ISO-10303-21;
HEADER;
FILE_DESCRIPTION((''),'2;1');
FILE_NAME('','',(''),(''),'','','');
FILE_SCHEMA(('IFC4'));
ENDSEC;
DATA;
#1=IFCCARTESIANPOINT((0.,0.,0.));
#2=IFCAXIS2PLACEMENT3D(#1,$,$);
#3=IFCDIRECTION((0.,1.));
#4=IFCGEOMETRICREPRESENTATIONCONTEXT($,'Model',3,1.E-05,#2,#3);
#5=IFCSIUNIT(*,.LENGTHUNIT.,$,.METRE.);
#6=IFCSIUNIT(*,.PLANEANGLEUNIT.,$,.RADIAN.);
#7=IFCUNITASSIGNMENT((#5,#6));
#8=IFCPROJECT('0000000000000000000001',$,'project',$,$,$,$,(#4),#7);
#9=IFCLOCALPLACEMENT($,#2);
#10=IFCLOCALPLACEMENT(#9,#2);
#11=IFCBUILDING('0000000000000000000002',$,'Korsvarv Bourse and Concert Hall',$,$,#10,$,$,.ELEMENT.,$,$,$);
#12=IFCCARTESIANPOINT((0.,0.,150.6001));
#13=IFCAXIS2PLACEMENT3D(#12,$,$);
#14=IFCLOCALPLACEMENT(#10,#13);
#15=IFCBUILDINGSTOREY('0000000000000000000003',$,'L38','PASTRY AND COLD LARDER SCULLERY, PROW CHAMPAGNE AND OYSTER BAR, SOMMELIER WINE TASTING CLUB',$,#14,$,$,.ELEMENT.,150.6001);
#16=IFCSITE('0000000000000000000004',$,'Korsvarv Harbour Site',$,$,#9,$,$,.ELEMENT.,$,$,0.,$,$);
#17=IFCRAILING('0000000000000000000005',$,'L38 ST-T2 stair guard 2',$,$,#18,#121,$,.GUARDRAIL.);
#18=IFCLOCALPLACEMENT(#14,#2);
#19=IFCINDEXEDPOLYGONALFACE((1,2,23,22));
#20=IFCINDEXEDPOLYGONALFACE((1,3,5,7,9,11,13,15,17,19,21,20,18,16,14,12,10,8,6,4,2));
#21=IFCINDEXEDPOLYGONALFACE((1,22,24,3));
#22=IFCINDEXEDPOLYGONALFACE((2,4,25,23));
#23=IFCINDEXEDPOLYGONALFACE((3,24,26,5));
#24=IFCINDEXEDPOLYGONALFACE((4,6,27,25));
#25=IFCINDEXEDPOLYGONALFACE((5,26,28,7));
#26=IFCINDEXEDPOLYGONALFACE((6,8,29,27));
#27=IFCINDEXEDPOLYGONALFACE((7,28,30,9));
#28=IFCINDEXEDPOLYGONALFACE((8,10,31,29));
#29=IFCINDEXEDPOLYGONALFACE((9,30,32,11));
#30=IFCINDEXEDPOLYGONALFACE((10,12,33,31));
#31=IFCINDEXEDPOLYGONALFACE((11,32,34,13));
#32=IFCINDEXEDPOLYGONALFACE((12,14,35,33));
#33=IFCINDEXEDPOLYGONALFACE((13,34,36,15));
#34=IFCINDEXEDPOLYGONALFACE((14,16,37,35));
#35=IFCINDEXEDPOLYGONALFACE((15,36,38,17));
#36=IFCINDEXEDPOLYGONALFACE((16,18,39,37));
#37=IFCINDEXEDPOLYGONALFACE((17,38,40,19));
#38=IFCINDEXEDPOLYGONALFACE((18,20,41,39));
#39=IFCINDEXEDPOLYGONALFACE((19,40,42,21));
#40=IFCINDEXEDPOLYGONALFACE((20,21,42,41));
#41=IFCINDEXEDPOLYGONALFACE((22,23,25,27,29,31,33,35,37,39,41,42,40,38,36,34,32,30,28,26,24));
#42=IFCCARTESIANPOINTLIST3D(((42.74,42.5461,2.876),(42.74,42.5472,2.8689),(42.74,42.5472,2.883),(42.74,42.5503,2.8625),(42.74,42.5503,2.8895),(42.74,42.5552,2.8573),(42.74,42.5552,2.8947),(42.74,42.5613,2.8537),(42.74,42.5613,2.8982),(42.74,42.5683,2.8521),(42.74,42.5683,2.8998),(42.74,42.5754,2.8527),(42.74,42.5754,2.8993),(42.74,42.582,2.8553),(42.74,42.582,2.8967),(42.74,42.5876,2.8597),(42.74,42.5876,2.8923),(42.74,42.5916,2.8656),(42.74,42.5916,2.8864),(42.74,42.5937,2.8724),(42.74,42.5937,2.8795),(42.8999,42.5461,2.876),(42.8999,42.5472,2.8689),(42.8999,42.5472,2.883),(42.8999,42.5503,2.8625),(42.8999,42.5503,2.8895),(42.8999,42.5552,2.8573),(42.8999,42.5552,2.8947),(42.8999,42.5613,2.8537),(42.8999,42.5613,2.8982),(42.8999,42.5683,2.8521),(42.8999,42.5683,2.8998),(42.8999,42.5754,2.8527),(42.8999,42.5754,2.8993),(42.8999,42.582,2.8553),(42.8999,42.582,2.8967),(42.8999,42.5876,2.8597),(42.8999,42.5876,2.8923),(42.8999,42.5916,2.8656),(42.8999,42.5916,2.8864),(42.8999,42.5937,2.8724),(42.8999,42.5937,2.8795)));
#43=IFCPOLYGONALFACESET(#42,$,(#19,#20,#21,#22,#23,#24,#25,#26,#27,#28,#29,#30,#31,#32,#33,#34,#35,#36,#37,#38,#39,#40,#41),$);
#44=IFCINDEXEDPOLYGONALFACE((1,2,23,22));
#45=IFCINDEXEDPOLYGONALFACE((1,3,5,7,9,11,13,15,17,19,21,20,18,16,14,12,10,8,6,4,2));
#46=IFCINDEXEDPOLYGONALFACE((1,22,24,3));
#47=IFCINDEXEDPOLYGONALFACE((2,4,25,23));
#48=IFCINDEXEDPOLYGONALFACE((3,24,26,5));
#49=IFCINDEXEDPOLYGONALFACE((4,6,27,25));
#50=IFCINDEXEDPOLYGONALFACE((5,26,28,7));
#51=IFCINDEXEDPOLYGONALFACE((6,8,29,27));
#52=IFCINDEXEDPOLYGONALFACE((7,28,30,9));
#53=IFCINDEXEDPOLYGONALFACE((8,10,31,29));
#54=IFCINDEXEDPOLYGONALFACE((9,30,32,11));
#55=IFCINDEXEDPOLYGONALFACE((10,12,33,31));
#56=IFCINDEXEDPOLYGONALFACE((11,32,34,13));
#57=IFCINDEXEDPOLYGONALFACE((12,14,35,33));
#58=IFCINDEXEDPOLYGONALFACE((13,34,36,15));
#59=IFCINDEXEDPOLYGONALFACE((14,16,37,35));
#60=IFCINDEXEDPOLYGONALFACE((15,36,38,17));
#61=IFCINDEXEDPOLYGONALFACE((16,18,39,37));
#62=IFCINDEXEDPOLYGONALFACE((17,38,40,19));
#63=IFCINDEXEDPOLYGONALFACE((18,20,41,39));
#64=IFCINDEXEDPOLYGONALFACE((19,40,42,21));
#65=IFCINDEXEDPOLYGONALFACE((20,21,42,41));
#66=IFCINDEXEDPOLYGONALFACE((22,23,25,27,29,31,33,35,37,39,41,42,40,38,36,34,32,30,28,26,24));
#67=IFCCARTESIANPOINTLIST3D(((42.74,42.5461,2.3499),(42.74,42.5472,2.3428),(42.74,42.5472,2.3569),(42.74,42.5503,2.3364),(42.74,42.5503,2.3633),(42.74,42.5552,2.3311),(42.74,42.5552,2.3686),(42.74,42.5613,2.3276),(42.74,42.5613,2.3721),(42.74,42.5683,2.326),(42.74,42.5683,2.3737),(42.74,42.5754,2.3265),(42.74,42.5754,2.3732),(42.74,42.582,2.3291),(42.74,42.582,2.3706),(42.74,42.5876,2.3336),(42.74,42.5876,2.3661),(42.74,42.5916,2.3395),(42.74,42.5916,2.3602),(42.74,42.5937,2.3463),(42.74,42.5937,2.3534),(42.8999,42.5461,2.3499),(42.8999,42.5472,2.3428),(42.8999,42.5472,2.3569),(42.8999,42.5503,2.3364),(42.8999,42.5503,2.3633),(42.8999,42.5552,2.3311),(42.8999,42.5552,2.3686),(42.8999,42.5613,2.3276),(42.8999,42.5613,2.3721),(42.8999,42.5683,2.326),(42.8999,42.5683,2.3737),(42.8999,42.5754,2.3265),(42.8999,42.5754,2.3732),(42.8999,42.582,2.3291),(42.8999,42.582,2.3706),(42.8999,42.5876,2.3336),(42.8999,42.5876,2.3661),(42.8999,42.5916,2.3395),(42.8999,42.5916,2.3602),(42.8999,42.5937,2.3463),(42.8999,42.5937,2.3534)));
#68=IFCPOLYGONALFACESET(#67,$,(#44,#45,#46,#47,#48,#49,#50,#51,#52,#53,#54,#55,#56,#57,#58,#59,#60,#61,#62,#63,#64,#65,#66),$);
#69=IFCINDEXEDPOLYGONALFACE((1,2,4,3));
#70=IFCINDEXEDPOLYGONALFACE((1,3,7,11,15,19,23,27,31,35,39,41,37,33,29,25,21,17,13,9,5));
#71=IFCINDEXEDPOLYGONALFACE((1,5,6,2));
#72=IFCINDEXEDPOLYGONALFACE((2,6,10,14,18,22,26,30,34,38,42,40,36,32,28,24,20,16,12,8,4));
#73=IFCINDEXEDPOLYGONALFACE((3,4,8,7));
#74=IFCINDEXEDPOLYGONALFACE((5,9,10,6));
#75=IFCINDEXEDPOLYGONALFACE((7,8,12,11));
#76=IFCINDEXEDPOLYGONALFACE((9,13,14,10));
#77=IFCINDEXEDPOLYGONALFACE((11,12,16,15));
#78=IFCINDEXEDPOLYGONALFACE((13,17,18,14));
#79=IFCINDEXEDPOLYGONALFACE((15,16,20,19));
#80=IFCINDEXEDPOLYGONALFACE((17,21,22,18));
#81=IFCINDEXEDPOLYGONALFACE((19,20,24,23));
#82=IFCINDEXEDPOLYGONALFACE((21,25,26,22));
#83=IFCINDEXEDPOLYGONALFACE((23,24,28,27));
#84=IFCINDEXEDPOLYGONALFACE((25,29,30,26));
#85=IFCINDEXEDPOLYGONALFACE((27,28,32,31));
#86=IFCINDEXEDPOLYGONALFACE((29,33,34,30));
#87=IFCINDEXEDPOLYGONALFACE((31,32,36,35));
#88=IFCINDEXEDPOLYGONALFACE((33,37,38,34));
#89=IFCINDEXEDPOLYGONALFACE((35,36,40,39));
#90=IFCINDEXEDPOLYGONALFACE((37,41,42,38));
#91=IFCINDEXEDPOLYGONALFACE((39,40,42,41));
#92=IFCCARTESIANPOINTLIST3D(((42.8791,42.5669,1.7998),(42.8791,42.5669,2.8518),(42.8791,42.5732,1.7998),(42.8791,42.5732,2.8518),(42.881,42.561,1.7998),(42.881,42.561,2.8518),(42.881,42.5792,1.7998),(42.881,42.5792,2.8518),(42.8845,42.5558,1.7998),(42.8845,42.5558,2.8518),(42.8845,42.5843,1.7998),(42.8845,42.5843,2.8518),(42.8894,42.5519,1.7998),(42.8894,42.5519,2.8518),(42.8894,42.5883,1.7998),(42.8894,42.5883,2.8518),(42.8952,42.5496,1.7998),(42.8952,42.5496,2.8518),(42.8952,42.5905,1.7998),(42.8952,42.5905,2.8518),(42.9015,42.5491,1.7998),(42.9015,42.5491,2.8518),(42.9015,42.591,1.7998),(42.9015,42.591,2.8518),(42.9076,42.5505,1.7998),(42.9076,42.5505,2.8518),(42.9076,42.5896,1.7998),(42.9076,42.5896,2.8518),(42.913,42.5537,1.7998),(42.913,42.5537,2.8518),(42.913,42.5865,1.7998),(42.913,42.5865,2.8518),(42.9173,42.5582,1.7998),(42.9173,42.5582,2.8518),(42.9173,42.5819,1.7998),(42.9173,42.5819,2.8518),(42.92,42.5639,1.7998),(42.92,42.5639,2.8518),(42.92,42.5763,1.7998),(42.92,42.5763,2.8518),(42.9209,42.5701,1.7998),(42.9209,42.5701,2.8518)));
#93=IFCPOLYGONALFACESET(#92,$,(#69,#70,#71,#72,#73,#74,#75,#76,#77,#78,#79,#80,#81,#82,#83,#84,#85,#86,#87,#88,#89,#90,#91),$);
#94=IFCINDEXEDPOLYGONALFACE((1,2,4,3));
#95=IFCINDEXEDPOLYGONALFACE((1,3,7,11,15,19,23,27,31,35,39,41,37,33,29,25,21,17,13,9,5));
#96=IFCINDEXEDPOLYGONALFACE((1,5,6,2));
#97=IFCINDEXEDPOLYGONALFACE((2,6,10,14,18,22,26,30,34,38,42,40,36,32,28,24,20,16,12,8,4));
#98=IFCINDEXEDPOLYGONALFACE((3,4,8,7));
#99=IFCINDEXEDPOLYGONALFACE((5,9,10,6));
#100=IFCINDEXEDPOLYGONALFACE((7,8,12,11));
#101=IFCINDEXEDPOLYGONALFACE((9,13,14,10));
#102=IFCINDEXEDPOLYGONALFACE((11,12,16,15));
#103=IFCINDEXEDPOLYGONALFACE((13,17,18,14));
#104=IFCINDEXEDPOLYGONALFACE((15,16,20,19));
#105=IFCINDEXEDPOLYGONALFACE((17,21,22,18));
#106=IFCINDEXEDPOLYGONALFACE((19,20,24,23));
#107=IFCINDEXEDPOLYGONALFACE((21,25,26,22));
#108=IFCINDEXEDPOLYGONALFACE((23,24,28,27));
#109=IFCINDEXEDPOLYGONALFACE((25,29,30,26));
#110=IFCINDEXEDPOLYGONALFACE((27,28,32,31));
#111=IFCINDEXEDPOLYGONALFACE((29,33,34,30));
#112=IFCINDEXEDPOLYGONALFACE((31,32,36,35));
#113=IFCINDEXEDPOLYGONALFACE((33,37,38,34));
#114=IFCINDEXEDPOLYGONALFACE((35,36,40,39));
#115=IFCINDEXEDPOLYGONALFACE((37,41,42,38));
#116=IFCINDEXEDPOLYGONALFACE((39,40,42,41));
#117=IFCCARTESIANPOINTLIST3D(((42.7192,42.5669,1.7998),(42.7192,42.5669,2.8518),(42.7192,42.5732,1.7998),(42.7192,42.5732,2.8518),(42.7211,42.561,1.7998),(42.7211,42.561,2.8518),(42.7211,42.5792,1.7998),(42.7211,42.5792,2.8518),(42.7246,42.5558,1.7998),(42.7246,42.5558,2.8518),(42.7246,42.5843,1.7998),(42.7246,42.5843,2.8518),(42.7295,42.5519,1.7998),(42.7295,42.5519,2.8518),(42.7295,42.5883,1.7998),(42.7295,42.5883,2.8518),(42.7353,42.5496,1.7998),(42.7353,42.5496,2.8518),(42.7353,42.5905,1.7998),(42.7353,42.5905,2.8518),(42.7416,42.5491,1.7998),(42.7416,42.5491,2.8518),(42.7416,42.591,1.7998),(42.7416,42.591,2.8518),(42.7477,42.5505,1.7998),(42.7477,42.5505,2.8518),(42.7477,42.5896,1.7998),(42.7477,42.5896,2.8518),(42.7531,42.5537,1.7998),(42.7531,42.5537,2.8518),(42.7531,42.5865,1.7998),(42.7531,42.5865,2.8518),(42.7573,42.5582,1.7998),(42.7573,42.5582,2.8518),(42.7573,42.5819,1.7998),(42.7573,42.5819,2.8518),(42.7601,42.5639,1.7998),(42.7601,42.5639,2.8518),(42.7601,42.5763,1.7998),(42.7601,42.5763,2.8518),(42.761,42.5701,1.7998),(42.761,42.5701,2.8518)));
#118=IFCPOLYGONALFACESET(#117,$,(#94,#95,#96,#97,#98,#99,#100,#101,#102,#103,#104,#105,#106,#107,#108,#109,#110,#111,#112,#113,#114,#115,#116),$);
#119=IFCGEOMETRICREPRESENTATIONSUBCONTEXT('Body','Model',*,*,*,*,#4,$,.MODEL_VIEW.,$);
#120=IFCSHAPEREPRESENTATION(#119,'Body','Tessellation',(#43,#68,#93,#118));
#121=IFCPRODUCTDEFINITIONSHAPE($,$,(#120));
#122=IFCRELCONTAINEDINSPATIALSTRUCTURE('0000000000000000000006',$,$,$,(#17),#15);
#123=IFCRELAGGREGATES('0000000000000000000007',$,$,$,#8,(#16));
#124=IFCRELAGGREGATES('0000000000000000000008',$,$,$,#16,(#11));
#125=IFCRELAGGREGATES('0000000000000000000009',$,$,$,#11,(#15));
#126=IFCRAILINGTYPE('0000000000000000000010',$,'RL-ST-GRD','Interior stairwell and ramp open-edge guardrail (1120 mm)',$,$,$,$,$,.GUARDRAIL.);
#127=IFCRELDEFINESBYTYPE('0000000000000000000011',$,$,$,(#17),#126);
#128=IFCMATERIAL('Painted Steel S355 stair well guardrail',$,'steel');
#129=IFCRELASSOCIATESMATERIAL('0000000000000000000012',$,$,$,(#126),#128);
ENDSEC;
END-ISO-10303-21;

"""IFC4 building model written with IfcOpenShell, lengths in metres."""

from ifc_helpers import new_model, si_unit, direction, frame, origin, origin_2d, place, context, subcontext, project, spatial, circle, extrude, material, type_object, element, save


model = new_model("IFC4")

# Units and contexts
model_context = context("Model", 3, precision=1e-05, world=origin(), true_north=direction((0.0, 1.0)))
body_context = subcontext(model_context, "Body", "Model", "MODEL_VIEW")
ifc_project = project(units=[si_unit("LENGTHUNIT", "METRE"), si_unit("PLANEANGLEUNIT", "RADIAN")], contexts=[model_context])

# Site, building, storey
site_placement = place(None, origin())
site = spatial("IfcSite", under=ifc_project, at=site_placement, Name="Korsvarv Harbour Site", CompositionType="ELEMENT", RefElevation=0.0)
building_placement = place(site_placement, origin())
building = spatial("IfcBuilding", under=site, at=building_placement, Name="Korsvarv Bourse and Concert Hall", CompositionType="ELEMENT")
storey_placement = place(building_placement, frame((0.0, 0.0, 150.6001)))
storey = spatial("IfcBuildingStorey", under=building, at=storey_placement, Name="L38", Description="PASTRY AND COLD LARDER SCULLERY, PROW CHAMPAGNE AND OYSTER BAR, SOMMELIER WINE TASTING CLUB", CompositionType="ELEMENT", Elevation=150.6001)

# Railing
ifc_material_1 = material(Name="Painted Steel S355 stair well guardrail", Category="steel")
railing_type = type_object("IfcRailingType", Name="RL-ST-GRD", Description="Interior stairwell and ramp open-edge guardrail (1120 mm)", PredefinedType="GUARDRAIL", material=ifc_material_1)
railing_1_placement = place(storey_placement, frame((42.8999, 42.5701, 1.7998)))
element("IfcRailing", 1, at=railing_1_placement, inside=storey, type_object=railing_type, Name="L38 ST-T2 stair guard 2", PredefinedType="GUARDRAIL", context=body_context, shape_type="SweptSolid", body=[
    extrude(circle(Radius=0.0239, at=origin_2d()), frame((0.0, 0.0, 1.0762), z_axis=(-1.0, 0.0, 0.0), x_axis=(0.0, -1.0, 0.0)), (0.0, 0.0, 1.0), 0.1599),
    extrude(circle(Radius=0.0239, at=origin_2d()), frame((0.0, 0.0, 0.55), z_axis=(-1.0, 0.0, 0.0), x_axis=(0.0, -1.0, 0.0)), (0.0, 0.0, 1.0), 0.1599),
    extrude(circle(Radius=0.021, at=origin_2d()), origin(), (0.0, 0.0, 1.0), 1.052),
    extrude(circle(Radius=0.021, at=origin_2d()), frame((-0.1599, 0.0, 0.0)), (0.0, 0.0, 1.0), 1.052),
])

save(model, "model.ifc")
